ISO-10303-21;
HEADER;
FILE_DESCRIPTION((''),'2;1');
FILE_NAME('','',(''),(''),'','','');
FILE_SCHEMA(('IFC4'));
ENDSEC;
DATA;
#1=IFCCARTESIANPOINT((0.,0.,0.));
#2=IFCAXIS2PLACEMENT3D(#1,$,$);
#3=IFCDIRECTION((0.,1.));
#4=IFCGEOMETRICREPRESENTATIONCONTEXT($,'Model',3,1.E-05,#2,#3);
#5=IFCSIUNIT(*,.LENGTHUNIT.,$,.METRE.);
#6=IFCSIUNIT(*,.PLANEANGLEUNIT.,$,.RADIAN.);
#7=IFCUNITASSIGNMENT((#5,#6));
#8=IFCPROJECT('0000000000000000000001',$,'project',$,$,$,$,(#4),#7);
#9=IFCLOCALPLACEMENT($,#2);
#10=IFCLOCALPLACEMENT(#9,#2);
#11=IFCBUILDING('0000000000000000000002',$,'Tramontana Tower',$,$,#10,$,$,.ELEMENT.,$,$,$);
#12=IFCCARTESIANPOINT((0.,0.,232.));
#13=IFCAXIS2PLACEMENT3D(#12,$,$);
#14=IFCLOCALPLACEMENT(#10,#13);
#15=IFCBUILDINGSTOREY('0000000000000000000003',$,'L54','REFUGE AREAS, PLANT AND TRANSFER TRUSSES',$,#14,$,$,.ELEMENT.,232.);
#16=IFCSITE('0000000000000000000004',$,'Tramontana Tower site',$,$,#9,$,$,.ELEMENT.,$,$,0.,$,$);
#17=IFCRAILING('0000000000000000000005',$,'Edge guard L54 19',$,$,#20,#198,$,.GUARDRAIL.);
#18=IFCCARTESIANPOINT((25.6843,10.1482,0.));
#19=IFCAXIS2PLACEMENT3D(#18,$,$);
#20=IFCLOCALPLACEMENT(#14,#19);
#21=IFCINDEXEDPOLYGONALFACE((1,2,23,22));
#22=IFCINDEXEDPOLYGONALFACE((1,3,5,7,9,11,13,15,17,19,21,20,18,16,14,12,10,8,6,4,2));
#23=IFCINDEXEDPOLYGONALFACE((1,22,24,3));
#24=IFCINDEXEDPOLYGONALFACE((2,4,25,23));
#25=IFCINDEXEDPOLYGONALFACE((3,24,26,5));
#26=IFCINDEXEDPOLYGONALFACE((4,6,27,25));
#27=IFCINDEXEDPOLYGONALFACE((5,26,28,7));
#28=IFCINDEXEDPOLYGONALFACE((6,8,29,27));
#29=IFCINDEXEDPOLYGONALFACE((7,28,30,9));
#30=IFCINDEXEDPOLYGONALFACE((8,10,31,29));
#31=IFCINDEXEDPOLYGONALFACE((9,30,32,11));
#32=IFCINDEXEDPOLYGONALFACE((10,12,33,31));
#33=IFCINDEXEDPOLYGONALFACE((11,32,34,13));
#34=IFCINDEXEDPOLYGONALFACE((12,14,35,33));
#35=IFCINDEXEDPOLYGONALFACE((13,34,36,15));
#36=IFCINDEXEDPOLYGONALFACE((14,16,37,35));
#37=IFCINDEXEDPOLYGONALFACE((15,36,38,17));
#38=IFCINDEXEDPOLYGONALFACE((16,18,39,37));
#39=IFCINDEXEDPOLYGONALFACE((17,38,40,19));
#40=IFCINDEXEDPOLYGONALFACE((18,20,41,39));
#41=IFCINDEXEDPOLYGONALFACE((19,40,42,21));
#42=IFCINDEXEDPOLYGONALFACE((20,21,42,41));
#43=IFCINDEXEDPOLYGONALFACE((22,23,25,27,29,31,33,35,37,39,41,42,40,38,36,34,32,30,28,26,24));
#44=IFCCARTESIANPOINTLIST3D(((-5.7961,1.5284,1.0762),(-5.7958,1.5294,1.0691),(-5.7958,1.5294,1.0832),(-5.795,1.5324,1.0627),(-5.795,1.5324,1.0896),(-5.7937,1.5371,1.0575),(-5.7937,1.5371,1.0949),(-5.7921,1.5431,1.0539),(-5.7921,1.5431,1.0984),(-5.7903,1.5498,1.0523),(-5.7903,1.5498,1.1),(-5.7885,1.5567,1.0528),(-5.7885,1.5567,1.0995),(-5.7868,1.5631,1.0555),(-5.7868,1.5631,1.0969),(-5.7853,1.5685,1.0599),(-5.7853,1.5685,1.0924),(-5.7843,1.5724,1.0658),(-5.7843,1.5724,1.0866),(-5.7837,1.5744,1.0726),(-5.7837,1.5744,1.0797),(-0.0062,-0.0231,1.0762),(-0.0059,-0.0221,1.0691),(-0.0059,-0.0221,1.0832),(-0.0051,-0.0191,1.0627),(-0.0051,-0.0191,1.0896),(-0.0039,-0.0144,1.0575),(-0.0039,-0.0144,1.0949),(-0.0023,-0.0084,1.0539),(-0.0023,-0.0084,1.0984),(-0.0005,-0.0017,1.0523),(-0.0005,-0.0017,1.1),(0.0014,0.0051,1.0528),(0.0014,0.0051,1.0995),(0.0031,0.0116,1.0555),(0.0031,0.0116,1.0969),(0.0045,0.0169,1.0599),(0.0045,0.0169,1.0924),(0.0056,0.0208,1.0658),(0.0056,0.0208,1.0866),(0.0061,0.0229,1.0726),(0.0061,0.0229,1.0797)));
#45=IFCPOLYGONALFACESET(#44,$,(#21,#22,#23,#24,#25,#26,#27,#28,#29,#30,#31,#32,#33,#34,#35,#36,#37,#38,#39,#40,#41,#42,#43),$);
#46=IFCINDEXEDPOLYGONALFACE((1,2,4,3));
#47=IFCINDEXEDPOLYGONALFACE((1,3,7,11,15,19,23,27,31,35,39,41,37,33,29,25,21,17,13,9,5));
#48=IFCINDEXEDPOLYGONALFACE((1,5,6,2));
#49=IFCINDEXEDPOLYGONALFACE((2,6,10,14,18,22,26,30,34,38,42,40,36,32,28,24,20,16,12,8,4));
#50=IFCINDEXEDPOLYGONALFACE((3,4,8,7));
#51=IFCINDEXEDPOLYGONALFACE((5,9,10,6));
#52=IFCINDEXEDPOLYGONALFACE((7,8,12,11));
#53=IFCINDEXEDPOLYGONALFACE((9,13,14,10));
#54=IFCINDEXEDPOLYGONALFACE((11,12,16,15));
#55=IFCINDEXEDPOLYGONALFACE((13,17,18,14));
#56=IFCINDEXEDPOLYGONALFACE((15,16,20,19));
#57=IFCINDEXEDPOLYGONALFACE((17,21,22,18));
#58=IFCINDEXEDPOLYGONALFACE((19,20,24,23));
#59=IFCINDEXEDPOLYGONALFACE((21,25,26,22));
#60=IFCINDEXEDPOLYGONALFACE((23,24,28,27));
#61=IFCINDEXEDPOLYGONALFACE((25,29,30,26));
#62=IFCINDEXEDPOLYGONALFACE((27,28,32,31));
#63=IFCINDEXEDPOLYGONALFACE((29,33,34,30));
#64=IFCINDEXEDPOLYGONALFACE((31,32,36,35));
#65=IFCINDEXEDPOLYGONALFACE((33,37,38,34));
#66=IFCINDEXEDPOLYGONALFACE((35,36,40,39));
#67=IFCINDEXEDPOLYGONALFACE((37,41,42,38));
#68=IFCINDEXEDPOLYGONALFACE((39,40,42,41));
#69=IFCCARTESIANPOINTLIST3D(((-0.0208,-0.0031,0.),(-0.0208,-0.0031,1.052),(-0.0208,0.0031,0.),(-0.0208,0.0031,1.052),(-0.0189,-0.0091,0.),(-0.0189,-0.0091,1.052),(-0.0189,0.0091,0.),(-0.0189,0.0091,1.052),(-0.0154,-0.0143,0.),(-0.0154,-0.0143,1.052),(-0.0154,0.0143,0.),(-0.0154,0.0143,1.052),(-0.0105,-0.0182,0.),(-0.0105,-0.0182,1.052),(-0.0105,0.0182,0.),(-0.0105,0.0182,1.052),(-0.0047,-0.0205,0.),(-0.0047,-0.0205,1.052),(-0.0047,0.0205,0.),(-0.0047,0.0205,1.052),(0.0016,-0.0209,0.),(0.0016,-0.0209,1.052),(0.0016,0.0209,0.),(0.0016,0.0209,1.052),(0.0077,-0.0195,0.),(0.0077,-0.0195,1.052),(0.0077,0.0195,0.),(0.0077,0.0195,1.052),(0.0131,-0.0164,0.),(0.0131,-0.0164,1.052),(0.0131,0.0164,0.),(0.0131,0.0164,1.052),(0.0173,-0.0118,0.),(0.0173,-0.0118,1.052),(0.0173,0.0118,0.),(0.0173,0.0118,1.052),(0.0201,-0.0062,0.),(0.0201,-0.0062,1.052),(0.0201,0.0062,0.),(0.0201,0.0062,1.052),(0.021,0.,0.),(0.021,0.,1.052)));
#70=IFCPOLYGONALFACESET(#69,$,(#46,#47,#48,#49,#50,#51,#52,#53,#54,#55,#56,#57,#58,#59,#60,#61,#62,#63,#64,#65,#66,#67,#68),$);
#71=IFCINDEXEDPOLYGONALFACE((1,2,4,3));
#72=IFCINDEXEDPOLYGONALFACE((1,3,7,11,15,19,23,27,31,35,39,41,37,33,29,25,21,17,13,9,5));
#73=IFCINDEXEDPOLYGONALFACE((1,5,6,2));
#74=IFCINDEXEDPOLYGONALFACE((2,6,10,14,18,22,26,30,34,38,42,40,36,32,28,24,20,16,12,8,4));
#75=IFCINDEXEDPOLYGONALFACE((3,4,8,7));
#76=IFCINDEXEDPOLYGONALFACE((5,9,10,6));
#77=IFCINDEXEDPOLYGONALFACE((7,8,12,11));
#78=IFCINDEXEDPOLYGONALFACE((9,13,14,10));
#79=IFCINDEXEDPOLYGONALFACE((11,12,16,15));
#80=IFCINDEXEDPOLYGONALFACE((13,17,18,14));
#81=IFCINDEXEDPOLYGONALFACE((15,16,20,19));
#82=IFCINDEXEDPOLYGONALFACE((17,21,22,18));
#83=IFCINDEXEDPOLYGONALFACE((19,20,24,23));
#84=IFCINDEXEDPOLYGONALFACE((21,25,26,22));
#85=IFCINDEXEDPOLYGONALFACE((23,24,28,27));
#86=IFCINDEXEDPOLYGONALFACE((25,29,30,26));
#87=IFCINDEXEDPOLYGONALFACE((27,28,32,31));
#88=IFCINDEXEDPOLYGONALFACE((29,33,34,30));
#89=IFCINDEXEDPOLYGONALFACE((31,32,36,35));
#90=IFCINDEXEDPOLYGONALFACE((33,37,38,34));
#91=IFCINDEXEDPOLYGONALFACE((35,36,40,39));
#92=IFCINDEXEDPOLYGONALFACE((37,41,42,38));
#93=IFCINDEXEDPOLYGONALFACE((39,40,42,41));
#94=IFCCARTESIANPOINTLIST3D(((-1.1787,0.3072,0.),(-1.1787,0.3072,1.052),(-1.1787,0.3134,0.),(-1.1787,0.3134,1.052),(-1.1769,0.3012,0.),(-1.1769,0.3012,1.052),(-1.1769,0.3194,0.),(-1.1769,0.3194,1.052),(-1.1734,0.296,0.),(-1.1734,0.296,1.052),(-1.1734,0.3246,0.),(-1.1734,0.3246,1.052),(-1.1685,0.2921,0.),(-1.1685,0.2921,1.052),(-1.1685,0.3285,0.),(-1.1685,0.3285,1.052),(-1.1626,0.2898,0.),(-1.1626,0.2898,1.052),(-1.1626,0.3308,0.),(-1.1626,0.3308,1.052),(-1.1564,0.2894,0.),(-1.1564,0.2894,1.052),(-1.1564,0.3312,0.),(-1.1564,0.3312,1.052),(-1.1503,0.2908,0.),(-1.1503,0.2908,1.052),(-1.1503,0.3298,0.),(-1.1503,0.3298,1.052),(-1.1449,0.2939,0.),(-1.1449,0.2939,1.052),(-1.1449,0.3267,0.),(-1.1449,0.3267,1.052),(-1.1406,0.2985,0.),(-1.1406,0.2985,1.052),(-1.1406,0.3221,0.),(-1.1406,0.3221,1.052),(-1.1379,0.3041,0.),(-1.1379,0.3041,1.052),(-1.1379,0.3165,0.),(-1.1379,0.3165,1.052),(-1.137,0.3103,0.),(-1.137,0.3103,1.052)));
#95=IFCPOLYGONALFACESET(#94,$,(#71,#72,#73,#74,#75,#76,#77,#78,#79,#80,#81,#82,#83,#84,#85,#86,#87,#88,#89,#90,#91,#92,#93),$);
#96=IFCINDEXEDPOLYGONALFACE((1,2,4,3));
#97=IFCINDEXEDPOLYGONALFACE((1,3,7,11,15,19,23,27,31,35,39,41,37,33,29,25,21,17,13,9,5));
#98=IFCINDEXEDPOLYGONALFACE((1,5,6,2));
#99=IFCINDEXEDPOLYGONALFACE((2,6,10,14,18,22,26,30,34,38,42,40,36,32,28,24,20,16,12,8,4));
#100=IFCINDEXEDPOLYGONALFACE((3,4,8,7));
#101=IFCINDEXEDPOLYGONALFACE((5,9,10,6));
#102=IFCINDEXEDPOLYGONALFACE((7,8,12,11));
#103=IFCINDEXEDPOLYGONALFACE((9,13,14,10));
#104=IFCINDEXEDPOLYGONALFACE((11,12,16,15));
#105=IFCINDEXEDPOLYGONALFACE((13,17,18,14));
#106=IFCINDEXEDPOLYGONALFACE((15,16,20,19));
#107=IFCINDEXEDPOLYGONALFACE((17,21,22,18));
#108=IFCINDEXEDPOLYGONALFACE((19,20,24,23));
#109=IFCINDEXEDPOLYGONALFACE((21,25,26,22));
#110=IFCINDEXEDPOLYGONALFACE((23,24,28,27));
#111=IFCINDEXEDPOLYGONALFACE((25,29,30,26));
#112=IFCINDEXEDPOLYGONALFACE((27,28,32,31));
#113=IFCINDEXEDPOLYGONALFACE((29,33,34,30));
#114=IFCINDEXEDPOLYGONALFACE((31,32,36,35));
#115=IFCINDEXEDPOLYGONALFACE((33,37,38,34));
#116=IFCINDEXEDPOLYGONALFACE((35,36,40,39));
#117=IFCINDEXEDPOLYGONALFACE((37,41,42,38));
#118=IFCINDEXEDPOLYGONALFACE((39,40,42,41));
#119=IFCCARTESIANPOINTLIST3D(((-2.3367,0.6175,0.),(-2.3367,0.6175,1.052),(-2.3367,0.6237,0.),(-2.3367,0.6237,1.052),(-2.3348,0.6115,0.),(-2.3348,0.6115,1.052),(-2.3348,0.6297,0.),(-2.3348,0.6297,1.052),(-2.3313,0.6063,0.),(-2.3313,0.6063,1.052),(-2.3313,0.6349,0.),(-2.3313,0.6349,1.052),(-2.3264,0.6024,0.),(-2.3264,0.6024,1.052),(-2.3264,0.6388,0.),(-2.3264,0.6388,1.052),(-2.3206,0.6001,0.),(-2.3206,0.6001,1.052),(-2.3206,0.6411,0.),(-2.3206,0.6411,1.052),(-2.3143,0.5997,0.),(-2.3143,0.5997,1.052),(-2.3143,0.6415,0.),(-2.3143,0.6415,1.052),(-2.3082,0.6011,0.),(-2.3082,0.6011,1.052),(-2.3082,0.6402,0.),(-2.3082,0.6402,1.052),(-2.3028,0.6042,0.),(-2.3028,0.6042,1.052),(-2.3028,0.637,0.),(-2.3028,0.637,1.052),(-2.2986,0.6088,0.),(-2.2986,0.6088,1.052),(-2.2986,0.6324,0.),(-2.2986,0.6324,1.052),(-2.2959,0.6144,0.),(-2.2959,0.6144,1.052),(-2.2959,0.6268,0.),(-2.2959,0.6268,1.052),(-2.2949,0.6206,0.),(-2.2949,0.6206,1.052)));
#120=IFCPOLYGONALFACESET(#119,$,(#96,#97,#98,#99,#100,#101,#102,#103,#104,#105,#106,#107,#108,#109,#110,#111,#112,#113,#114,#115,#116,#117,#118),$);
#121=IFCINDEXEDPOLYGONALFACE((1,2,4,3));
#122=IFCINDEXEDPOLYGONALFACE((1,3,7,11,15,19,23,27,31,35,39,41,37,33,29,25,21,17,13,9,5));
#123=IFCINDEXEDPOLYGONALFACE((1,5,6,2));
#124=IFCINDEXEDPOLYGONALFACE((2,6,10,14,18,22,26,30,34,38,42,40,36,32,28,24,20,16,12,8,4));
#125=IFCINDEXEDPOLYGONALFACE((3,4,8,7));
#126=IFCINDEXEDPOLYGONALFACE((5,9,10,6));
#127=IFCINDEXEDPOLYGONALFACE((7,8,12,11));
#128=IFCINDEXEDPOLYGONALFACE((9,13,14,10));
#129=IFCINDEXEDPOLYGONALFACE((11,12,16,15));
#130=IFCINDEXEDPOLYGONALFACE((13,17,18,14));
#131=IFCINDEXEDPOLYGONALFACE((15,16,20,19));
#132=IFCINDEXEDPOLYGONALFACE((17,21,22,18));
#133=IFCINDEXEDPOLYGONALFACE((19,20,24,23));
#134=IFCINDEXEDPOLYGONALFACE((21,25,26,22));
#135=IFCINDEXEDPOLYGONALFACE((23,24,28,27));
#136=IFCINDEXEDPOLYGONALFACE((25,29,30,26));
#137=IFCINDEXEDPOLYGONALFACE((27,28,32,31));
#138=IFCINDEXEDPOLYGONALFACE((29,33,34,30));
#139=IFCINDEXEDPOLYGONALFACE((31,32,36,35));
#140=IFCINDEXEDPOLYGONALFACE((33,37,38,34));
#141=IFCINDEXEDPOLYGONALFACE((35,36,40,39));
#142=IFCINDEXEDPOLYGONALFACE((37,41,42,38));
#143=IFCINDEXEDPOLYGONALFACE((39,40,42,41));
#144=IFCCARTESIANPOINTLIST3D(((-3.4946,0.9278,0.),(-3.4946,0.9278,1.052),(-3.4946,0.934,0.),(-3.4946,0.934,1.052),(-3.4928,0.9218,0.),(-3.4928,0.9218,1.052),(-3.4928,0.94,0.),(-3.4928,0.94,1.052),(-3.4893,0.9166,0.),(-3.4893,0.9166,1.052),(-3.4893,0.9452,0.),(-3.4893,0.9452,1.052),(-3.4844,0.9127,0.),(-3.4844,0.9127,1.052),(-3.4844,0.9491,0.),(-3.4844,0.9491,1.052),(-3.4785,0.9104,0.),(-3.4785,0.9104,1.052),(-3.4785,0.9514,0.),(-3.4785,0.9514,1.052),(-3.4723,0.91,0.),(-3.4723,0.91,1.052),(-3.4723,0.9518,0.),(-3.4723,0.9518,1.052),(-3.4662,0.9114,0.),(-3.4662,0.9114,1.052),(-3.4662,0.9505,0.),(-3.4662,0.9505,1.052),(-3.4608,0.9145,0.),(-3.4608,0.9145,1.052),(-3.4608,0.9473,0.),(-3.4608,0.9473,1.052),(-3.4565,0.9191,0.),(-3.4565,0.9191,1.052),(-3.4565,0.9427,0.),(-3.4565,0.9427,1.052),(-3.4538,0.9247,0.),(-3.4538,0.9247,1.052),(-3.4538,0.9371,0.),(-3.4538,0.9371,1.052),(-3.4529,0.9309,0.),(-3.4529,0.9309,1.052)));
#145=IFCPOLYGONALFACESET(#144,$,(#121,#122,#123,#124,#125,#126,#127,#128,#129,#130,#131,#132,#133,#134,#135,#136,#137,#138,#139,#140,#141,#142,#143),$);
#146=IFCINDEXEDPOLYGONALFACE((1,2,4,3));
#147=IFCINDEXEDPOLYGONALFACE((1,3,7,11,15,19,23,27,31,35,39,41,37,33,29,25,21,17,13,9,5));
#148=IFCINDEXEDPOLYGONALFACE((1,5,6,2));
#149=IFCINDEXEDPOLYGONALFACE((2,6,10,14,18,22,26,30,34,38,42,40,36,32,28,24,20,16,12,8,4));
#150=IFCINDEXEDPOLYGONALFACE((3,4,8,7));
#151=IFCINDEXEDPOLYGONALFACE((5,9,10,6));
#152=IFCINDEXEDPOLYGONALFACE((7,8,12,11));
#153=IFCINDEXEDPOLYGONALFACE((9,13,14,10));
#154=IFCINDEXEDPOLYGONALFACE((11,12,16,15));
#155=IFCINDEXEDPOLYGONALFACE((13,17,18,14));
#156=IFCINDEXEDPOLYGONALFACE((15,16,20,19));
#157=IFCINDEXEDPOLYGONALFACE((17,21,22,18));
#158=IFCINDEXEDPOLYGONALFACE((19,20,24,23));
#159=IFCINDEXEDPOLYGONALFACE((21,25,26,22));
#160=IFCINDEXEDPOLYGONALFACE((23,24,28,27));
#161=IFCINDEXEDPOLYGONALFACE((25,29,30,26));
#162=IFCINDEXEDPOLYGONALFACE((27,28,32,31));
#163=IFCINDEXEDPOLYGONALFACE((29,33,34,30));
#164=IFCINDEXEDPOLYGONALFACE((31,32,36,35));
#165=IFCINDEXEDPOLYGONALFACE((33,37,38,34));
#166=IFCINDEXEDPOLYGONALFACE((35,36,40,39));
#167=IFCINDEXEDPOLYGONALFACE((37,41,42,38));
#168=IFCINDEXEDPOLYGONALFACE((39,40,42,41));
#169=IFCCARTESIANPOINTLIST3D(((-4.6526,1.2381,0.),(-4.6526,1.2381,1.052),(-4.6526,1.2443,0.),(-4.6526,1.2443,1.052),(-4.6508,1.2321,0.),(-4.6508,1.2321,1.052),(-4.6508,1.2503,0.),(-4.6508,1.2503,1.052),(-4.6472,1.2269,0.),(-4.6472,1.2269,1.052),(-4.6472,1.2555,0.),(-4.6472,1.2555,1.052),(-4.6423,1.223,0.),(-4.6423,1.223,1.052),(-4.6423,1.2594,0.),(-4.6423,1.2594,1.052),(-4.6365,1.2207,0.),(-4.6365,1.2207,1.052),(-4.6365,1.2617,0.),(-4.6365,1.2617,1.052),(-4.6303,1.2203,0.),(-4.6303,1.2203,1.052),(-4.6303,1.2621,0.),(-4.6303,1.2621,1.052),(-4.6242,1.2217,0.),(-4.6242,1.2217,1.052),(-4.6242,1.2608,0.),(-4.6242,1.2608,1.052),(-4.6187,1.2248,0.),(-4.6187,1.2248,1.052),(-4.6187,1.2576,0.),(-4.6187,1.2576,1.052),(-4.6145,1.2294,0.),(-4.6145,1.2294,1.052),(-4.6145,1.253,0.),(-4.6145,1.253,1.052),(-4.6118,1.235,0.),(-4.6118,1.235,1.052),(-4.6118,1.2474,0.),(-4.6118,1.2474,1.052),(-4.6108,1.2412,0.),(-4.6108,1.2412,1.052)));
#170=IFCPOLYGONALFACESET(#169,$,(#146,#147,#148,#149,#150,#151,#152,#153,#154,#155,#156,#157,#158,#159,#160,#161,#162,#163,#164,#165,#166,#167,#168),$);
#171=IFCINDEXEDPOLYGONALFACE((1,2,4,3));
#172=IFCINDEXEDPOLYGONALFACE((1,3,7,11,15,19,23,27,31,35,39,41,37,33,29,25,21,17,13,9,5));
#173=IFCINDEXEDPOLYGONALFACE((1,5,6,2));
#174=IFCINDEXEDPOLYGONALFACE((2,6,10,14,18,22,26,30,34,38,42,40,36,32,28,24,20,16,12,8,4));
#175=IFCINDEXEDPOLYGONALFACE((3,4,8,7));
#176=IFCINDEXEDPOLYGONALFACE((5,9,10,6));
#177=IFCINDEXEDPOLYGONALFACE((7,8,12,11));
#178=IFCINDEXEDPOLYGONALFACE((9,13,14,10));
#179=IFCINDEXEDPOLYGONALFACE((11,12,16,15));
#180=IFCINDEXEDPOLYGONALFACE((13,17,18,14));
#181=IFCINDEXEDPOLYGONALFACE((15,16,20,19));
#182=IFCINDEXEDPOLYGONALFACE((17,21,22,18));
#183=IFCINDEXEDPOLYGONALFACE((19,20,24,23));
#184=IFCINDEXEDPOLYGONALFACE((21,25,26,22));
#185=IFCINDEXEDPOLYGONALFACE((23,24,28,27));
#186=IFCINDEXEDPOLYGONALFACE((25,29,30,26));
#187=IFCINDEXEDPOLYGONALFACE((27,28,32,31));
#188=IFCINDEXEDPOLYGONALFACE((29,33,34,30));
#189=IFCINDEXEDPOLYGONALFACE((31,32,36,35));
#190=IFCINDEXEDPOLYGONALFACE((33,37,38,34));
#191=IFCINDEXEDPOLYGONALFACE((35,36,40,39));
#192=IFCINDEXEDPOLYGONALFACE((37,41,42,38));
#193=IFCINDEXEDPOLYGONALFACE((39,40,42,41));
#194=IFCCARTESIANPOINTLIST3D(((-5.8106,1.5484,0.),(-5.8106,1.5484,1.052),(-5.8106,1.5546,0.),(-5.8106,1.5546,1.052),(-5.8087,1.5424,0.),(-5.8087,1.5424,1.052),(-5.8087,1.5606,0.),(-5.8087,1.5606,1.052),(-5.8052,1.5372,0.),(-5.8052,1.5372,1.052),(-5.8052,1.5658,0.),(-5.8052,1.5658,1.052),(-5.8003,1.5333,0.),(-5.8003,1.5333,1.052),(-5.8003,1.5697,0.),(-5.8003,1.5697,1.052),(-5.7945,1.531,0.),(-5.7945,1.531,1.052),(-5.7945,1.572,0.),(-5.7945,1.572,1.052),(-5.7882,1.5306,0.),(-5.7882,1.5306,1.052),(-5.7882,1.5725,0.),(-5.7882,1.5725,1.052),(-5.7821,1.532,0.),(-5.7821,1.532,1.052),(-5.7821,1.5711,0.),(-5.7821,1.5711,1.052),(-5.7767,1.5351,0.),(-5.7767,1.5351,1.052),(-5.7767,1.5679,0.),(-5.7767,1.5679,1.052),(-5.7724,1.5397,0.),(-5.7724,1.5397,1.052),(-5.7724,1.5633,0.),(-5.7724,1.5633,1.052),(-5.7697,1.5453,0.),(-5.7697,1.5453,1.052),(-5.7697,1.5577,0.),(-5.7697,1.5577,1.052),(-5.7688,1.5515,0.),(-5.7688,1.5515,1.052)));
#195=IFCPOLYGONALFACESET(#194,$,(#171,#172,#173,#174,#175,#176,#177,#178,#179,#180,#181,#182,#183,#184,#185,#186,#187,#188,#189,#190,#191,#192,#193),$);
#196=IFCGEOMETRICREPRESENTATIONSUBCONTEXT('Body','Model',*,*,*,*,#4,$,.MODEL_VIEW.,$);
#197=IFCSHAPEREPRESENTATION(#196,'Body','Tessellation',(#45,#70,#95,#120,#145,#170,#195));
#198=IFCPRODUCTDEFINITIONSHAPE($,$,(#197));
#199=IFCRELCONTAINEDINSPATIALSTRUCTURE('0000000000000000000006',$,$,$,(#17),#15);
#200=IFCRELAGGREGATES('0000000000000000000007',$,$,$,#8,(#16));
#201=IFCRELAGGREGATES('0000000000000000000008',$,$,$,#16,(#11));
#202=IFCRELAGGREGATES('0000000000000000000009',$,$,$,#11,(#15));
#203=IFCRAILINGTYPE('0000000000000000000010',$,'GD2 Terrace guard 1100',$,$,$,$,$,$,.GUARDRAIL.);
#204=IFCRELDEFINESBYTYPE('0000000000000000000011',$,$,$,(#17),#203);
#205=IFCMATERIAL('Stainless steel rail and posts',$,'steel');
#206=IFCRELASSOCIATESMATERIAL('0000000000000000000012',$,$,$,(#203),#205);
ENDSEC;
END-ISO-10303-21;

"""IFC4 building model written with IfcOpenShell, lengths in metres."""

from ifc_helpers import new_model, si_unit, direction, frame, origin, origin_2d, place, context, subcontext, project, spatial, circle, extrude, material, type_object, element, save


model = new_model("IFC4")

# Units and contexts
model_context = context("Model", 3, precision=1e-05, world=origin(), true_north=direction((0.0, 1.0)))
body_context = subcontext(model_context, "Body", "Model", "MODEL_VIEW")
ifc_project = project(units=[si_unit("LENGTHUNIT", "METRE"), si_unit("PLANEANGLEUNIT", "RADIAN")], contexts=[model_context])

# Site, building, storey
site_placement = place(None, origin())
site = spatial("IfcSite", under=ifc_project, at=site_placement, Name="Tramontana Tower site", CompositionType="ELEMENT", RefElevation=0.0)
building_placement = place(site_placement, origin())
building = spatial("IfcBuilding", under=site, at=building_placement, Name="Tramontana Tower", CompositionType="ELEMENT")
storey_placement = place(building_placement, frame((0.0, 0.0, 232.0)))
storey = spatial("IfcBuildingStorey", under=building, at=storey_placement, Name="L54", Description="REFUGE AREAS, PLANT AND TRANSFER TRUSSES", CompositionType="ELEMENT", Elevation=232.0)

# Railing
ifc_material_1 = material(Name="Stainless steel rail and posts", Category="steel")
railing_type = type_object("IfcRailingType", Name="GD2 Terrace guard 1100", PredefinedType="GUARDRAIL", material=ifc_material_1)
railing_1_placement = place(storey_placement, frame((25.6843, 10.1482, 0.0)))
element("IfcRailing", 1, at=railing_1_placement, inside=storey, type_object=railing_type, Name="Edge guard L54 19", PredefinedType="GUARDRAIL", context=body_context, shape_type="SweptSolid", body=[
    extrude(circle(Radius=0.0239, at=origin_2d()), frame((0.0, 0.0, 1.0762), z_axis=(-0.96592, 0.258841, 0.0), x_axis=(-0.258841, -0.96592, 0.0)), (0.0, 0.0, 1.0), 5.9941),
    extrude(circle(Radius=0.021, at=origin_2d()), origin(), (0.0, 0.0, 1.0), 1.052),
    extrude(circle(Radius=0.021, at=origin_2d()), frame((-1.158, 0.3103, 0.0)), (0.0, 0.0, 1.0), 1.052),
    extrude(circle(Radius=0.021, at=origin_2d()), frame((-2.3159, 0.6206, 0.0)), (0.0, 0.0, 1.0), 1.052),
    extrude(circle(Radius=0.021, at=origin_2d()), frame((-3.4739, 0.9309, 0.0)), (0.0, 0.0, 1.0), 1.052),
    extrude(circle(Radius=0.021, at=origin_2d()), frame((-4.6318, 1.2412, 0.0)), (0.0, 0.0, 1.0), 1.052),
    extrude(circle(Radius=0.021, at=origin_2d()), frame((-5.7898, 1.5515, 0.0)), (0.0, 0.0, 1.0), 1.052),
])

save(model, "model.ifc")
